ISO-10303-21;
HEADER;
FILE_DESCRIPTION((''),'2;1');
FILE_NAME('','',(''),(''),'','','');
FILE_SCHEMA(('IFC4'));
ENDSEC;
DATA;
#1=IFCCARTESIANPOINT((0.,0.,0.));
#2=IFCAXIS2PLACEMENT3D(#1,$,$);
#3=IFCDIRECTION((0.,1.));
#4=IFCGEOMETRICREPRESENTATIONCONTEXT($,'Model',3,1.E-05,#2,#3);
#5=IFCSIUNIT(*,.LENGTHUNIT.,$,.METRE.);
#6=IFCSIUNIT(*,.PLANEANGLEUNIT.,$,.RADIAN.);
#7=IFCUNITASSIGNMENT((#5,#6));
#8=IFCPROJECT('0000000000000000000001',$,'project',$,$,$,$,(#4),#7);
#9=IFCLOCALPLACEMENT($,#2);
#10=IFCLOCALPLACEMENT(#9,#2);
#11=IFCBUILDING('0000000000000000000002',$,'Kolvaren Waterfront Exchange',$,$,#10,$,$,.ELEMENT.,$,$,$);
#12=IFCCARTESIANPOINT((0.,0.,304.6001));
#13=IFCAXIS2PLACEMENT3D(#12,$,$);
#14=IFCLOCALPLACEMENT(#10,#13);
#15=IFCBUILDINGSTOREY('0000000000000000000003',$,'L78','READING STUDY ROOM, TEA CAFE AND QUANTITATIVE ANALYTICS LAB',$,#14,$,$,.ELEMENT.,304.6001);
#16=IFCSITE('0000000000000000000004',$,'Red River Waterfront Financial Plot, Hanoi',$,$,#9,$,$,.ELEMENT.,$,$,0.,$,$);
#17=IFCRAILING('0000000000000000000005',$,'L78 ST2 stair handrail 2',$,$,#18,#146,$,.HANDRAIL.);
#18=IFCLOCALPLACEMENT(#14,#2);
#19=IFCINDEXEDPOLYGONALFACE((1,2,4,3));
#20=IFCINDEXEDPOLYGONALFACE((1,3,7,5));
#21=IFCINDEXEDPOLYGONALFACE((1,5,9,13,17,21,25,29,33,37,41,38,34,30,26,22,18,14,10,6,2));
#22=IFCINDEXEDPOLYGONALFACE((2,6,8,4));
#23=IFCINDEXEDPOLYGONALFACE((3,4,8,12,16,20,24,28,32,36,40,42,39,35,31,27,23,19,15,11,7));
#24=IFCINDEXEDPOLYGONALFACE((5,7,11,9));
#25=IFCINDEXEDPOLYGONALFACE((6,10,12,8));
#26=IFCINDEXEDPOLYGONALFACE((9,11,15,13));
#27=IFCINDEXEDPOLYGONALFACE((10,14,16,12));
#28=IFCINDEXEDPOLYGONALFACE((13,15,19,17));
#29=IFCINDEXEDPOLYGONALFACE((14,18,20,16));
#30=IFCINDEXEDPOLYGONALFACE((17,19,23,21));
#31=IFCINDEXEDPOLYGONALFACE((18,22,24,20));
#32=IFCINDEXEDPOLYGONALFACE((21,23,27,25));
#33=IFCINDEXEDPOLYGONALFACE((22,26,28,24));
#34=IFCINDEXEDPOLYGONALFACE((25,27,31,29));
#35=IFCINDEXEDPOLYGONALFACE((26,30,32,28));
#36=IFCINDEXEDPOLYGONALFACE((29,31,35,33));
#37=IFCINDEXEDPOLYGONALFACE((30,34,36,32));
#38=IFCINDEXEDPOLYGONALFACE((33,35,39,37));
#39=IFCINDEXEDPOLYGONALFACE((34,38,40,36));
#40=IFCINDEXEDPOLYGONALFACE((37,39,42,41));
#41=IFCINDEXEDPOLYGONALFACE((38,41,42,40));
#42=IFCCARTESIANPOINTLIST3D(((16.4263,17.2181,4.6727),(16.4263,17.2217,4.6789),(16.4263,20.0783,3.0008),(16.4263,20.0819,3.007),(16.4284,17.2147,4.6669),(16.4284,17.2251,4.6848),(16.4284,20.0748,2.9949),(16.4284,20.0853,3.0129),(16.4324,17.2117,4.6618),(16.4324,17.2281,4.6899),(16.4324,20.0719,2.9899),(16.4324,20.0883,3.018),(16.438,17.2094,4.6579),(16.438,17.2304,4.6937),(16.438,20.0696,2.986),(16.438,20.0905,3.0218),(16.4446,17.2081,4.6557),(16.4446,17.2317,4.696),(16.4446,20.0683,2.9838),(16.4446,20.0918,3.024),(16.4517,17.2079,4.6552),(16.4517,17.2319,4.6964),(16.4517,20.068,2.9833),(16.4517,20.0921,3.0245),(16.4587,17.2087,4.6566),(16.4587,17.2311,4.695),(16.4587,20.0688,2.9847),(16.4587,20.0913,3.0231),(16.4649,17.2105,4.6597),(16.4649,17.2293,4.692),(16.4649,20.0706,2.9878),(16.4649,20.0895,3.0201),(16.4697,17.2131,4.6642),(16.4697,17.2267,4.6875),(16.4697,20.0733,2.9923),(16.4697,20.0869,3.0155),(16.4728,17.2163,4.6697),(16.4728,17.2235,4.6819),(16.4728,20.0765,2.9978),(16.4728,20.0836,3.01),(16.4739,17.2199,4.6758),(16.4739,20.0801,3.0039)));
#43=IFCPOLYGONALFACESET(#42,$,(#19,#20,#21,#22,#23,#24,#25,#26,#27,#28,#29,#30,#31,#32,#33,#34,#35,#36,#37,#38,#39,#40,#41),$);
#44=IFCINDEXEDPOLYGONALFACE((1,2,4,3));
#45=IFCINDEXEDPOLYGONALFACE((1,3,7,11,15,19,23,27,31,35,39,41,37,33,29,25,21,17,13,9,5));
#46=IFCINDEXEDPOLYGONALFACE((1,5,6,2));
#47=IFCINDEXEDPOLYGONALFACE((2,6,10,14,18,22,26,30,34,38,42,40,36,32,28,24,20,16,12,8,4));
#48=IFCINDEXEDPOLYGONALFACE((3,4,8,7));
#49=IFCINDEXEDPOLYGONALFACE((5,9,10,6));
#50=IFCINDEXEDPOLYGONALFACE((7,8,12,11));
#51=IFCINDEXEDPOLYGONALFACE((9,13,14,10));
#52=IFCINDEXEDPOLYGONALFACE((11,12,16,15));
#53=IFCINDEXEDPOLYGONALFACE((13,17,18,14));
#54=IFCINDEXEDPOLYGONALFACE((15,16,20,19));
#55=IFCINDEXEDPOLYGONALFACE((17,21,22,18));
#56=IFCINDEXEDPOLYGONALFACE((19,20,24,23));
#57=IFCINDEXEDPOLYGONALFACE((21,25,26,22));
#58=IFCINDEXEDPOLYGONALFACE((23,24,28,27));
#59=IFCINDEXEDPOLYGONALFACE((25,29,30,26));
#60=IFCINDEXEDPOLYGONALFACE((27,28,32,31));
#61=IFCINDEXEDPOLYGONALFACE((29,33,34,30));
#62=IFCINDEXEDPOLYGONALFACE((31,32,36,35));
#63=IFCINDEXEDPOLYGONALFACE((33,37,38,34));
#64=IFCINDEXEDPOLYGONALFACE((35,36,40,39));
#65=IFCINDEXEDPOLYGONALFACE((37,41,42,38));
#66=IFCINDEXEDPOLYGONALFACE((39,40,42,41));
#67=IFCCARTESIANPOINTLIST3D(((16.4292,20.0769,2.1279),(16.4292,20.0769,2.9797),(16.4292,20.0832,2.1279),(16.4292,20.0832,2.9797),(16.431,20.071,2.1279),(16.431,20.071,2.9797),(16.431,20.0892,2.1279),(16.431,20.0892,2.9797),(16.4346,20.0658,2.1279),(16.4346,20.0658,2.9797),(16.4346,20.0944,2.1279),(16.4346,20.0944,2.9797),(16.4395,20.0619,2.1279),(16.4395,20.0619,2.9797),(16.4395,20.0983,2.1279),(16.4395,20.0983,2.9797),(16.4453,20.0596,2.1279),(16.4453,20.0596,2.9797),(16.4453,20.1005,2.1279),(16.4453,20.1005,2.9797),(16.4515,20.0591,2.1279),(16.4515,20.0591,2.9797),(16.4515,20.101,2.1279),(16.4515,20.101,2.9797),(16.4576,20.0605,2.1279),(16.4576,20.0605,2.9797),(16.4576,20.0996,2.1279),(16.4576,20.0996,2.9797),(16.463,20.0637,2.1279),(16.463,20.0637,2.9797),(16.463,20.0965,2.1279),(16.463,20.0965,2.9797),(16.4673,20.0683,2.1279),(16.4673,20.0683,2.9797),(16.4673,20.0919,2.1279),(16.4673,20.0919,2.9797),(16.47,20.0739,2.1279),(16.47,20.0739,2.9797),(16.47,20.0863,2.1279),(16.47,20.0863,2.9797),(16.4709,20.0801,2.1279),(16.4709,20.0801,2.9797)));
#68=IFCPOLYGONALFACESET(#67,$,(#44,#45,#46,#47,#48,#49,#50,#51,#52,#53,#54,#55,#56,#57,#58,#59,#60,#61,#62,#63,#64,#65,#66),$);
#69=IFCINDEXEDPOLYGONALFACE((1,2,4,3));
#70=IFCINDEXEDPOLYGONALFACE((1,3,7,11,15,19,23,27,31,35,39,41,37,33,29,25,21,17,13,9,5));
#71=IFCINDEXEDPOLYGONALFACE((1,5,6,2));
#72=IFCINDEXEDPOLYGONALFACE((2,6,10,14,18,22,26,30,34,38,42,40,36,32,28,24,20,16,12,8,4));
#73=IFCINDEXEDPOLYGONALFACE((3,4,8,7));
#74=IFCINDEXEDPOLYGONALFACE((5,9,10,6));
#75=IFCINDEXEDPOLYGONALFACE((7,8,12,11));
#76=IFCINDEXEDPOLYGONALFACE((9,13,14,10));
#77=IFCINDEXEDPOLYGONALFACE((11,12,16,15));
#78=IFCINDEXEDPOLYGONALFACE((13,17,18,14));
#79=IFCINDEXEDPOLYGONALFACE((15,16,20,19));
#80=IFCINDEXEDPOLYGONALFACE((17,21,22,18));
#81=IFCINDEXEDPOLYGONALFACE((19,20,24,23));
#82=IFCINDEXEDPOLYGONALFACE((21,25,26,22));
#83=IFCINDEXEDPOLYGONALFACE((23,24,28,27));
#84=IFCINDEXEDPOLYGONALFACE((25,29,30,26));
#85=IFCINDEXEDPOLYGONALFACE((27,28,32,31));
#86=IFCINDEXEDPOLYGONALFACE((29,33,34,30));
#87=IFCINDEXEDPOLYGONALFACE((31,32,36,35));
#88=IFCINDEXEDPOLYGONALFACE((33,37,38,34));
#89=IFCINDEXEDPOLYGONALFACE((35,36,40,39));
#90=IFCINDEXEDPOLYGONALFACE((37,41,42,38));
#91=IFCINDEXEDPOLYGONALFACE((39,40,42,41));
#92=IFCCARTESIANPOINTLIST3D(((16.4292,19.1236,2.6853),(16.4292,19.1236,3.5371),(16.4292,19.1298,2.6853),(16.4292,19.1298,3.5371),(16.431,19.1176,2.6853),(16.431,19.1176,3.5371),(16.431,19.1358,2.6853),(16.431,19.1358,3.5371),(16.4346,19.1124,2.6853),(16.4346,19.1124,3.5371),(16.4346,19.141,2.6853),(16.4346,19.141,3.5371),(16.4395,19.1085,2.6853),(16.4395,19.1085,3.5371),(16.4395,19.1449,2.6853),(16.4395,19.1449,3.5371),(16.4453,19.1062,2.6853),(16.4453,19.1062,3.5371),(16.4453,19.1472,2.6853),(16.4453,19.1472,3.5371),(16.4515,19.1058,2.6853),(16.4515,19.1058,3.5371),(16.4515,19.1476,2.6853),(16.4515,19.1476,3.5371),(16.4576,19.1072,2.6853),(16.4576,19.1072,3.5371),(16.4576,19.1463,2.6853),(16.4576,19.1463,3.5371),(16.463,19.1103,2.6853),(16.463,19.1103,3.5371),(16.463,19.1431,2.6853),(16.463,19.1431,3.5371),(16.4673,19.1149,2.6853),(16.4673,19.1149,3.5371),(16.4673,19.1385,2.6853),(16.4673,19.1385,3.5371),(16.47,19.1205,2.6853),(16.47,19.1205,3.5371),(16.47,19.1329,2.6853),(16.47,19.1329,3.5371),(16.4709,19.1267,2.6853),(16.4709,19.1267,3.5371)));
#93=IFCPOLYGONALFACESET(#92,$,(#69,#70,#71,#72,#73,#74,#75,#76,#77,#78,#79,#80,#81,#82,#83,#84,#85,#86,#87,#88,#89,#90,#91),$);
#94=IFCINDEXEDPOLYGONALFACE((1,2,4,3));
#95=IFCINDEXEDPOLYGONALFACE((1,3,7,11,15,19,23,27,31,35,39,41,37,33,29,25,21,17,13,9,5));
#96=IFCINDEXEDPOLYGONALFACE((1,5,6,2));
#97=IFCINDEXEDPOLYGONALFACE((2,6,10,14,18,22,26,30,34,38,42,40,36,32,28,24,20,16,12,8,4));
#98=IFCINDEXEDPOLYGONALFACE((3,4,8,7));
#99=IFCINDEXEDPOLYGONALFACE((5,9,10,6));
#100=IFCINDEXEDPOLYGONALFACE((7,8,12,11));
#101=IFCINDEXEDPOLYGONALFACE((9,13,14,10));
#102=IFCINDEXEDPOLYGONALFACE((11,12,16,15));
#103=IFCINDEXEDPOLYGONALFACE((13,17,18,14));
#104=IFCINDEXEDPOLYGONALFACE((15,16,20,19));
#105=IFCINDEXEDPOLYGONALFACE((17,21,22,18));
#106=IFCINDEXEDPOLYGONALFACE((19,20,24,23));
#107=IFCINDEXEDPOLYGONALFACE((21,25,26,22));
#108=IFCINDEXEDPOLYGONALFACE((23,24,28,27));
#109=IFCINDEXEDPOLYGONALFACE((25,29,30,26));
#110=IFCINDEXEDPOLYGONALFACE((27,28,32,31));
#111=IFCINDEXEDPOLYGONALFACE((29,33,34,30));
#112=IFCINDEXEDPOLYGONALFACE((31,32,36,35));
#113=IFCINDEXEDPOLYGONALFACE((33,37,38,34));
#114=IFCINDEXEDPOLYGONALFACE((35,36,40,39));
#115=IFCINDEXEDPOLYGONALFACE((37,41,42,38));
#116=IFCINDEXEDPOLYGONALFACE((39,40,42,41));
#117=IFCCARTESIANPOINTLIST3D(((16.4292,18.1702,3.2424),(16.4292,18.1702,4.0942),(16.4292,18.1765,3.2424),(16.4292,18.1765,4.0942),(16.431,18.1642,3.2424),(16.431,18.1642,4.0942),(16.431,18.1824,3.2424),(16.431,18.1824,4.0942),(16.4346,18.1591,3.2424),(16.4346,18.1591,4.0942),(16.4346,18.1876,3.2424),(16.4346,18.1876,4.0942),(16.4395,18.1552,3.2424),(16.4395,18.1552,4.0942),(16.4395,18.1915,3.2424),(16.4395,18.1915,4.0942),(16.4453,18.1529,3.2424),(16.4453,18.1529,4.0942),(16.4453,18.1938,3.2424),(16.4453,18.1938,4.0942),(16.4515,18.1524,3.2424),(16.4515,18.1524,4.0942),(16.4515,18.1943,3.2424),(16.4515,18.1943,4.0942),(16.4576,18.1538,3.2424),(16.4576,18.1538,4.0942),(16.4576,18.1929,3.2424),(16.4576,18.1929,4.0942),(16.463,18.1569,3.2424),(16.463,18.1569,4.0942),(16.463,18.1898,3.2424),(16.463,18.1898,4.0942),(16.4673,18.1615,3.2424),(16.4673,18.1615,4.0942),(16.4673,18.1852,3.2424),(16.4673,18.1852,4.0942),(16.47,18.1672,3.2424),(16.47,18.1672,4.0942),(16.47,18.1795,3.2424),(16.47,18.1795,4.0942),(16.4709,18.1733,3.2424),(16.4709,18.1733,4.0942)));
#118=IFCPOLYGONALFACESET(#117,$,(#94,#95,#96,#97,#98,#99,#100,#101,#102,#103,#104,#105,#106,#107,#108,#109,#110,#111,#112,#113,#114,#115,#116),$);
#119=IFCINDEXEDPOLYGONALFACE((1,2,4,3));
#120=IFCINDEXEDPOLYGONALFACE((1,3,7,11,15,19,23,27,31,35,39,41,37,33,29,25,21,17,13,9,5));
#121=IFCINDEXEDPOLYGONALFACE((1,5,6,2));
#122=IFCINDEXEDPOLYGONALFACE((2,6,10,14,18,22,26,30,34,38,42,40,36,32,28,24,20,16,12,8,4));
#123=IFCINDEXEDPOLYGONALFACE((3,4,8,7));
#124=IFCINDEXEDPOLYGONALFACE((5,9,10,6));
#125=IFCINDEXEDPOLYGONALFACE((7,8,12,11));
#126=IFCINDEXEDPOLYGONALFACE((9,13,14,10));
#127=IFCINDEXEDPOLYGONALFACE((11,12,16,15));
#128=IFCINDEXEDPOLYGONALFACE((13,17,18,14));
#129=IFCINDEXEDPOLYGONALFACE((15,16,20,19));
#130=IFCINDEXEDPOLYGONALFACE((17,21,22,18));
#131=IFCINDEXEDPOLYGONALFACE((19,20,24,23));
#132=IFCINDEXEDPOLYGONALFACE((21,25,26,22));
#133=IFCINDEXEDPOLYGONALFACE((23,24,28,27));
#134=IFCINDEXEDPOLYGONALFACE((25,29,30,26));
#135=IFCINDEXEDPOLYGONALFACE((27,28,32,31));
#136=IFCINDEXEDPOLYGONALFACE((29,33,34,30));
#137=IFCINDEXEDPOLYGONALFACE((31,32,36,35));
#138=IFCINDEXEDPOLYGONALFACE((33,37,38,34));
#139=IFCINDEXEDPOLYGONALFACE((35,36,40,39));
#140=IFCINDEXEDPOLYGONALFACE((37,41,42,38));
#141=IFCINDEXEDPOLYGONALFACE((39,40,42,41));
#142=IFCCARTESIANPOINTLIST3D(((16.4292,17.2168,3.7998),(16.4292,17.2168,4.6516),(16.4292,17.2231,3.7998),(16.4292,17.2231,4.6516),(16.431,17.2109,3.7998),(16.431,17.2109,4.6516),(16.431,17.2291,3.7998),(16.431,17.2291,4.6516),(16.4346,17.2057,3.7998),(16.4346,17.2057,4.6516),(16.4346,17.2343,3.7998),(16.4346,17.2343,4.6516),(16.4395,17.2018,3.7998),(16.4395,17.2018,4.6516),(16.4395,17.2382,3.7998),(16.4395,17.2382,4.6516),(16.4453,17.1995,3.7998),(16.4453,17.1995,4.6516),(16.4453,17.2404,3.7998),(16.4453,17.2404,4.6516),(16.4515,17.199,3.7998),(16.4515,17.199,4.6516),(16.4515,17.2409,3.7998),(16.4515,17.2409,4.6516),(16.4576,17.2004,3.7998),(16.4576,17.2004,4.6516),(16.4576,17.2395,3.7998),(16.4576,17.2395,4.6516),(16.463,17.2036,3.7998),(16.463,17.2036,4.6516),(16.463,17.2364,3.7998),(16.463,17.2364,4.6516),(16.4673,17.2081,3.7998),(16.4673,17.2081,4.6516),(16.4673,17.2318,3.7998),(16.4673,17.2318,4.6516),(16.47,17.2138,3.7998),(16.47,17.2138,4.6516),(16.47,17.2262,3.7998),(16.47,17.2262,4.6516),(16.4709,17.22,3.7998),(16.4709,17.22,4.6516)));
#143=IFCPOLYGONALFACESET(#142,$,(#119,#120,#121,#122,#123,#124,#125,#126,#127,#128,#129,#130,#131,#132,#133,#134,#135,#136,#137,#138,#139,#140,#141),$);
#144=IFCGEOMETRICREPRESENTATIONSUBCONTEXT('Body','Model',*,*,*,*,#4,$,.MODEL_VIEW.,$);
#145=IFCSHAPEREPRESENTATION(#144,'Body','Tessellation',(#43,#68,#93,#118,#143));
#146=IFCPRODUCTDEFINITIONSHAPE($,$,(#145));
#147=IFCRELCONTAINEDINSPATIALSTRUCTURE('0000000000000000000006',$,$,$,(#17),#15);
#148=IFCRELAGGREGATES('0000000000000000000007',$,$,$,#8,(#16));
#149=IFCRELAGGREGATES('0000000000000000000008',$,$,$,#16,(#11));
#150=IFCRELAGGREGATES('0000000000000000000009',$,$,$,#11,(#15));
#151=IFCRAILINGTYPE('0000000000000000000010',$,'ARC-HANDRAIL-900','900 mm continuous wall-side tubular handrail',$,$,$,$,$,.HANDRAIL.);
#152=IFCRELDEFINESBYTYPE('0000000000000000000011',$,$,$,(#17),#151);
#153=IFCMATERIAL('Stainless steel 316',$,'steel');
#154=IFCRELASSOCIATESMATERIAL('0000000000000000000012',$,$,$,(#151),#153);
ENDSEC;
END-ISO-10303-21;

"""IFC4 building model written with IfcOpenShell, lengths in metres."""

from ifc_helpers import new_model, si_unit, direction, frame, origin, origin_2d, place, context, subcontext, project, spatial, circle, extrude, material, type_object, element, save


model = new_model("IFC4")

# Units and contexts
model_context = context("Model", 3, precision=1e-05, world=origin(), true_north=direction((0.0, 1.0)))
body_context = subcontext(model_context, "Body", "Model", "MODEL_VIEW")
ifc_project = project(units=[si_unit("LENGTHUNIT", "METRE"), si_unit("PLANEANGLEUNIT", "RADIAN")], contexts=[model_context])

# Site, building, storey
site_placement = place(None, origin())
site = spatial("IfcSite", under=ifc_project, at=site_placement, Name="Red River Waterfront Financial Plot, Hanoi", CompositionType="ELEMENT", RefElevation=0.0)
building_placement = place(site_placement, origin())
building = spatial("IfcBuilding", under=site, at=building_placement, Name="Kolvaren Waterfront Exchange", CompositionType="ELEMENT")
storey_placement = place(building_placement, frame((0.0, 0.0, 304.6001)))
storey = spatial("IfcBuildingStorey", under=building, at=storey_placement, Name="L78", Description="READING STUDY ROOM, TEA CAFE AND QUANTITATIVE ANALYTICS LAB", CompositionType="ELEMENT", Elevation=304.6001)

# Railing
ifc_material_1 = material(Name="Stainless steel 316", Category="steel")
railing_type = type_object("IfcRailingType", Name="ARC-HANDRAIL-900", Description="900 mm continuous wall-side tubular handrail", PredefinedType="HANDRAIL", material=ifc_material_1)
railing_placement = place(storey_placement, frame((16.45, 20.0801, 2.1279)))
element("IfcRailing", 1, at=railing_placement, inside=storey, type_object=railing_type, Name="L78 ST2 stair handrail 2", PredefinedType="HANDRAIL", context=body_context, shape_type="SweptSolid", body=[
    extrude(circle(Radius=0.0239, at=origin_2d()), frame((0.0, 0.0, 0.876), z_axis=(0.0, -0.863321, 0.504654), x_axis=(1.0, 0.0, 0.0)), (0.0, 0.0, 1.0), 3.313),
    extrude(circle(Radius=0.021, at=origin_2d()), origin(), (0.0, 0.0, 1.0), 0.8518),
    extrude(circle(Radius=0.021, at=origin_2d()), frame((0.0, -0.9534, 0.5574)), (0.0, 0.0, 1.0), 0.8518),
    extrude(circle(Radius=0.021, at=origin_2d()), frame((0.0, -1.9067, 1.1145)), (0.0, 0.0, 1.0), 0.8518),
    extrude(circle(Radius=0.021, at=origin_2d()), frame((0.0, -2.8601, 1.6719)), (0.0, 0.0, 1.0), 0.8518),
])

save(model, "model.ifc")
